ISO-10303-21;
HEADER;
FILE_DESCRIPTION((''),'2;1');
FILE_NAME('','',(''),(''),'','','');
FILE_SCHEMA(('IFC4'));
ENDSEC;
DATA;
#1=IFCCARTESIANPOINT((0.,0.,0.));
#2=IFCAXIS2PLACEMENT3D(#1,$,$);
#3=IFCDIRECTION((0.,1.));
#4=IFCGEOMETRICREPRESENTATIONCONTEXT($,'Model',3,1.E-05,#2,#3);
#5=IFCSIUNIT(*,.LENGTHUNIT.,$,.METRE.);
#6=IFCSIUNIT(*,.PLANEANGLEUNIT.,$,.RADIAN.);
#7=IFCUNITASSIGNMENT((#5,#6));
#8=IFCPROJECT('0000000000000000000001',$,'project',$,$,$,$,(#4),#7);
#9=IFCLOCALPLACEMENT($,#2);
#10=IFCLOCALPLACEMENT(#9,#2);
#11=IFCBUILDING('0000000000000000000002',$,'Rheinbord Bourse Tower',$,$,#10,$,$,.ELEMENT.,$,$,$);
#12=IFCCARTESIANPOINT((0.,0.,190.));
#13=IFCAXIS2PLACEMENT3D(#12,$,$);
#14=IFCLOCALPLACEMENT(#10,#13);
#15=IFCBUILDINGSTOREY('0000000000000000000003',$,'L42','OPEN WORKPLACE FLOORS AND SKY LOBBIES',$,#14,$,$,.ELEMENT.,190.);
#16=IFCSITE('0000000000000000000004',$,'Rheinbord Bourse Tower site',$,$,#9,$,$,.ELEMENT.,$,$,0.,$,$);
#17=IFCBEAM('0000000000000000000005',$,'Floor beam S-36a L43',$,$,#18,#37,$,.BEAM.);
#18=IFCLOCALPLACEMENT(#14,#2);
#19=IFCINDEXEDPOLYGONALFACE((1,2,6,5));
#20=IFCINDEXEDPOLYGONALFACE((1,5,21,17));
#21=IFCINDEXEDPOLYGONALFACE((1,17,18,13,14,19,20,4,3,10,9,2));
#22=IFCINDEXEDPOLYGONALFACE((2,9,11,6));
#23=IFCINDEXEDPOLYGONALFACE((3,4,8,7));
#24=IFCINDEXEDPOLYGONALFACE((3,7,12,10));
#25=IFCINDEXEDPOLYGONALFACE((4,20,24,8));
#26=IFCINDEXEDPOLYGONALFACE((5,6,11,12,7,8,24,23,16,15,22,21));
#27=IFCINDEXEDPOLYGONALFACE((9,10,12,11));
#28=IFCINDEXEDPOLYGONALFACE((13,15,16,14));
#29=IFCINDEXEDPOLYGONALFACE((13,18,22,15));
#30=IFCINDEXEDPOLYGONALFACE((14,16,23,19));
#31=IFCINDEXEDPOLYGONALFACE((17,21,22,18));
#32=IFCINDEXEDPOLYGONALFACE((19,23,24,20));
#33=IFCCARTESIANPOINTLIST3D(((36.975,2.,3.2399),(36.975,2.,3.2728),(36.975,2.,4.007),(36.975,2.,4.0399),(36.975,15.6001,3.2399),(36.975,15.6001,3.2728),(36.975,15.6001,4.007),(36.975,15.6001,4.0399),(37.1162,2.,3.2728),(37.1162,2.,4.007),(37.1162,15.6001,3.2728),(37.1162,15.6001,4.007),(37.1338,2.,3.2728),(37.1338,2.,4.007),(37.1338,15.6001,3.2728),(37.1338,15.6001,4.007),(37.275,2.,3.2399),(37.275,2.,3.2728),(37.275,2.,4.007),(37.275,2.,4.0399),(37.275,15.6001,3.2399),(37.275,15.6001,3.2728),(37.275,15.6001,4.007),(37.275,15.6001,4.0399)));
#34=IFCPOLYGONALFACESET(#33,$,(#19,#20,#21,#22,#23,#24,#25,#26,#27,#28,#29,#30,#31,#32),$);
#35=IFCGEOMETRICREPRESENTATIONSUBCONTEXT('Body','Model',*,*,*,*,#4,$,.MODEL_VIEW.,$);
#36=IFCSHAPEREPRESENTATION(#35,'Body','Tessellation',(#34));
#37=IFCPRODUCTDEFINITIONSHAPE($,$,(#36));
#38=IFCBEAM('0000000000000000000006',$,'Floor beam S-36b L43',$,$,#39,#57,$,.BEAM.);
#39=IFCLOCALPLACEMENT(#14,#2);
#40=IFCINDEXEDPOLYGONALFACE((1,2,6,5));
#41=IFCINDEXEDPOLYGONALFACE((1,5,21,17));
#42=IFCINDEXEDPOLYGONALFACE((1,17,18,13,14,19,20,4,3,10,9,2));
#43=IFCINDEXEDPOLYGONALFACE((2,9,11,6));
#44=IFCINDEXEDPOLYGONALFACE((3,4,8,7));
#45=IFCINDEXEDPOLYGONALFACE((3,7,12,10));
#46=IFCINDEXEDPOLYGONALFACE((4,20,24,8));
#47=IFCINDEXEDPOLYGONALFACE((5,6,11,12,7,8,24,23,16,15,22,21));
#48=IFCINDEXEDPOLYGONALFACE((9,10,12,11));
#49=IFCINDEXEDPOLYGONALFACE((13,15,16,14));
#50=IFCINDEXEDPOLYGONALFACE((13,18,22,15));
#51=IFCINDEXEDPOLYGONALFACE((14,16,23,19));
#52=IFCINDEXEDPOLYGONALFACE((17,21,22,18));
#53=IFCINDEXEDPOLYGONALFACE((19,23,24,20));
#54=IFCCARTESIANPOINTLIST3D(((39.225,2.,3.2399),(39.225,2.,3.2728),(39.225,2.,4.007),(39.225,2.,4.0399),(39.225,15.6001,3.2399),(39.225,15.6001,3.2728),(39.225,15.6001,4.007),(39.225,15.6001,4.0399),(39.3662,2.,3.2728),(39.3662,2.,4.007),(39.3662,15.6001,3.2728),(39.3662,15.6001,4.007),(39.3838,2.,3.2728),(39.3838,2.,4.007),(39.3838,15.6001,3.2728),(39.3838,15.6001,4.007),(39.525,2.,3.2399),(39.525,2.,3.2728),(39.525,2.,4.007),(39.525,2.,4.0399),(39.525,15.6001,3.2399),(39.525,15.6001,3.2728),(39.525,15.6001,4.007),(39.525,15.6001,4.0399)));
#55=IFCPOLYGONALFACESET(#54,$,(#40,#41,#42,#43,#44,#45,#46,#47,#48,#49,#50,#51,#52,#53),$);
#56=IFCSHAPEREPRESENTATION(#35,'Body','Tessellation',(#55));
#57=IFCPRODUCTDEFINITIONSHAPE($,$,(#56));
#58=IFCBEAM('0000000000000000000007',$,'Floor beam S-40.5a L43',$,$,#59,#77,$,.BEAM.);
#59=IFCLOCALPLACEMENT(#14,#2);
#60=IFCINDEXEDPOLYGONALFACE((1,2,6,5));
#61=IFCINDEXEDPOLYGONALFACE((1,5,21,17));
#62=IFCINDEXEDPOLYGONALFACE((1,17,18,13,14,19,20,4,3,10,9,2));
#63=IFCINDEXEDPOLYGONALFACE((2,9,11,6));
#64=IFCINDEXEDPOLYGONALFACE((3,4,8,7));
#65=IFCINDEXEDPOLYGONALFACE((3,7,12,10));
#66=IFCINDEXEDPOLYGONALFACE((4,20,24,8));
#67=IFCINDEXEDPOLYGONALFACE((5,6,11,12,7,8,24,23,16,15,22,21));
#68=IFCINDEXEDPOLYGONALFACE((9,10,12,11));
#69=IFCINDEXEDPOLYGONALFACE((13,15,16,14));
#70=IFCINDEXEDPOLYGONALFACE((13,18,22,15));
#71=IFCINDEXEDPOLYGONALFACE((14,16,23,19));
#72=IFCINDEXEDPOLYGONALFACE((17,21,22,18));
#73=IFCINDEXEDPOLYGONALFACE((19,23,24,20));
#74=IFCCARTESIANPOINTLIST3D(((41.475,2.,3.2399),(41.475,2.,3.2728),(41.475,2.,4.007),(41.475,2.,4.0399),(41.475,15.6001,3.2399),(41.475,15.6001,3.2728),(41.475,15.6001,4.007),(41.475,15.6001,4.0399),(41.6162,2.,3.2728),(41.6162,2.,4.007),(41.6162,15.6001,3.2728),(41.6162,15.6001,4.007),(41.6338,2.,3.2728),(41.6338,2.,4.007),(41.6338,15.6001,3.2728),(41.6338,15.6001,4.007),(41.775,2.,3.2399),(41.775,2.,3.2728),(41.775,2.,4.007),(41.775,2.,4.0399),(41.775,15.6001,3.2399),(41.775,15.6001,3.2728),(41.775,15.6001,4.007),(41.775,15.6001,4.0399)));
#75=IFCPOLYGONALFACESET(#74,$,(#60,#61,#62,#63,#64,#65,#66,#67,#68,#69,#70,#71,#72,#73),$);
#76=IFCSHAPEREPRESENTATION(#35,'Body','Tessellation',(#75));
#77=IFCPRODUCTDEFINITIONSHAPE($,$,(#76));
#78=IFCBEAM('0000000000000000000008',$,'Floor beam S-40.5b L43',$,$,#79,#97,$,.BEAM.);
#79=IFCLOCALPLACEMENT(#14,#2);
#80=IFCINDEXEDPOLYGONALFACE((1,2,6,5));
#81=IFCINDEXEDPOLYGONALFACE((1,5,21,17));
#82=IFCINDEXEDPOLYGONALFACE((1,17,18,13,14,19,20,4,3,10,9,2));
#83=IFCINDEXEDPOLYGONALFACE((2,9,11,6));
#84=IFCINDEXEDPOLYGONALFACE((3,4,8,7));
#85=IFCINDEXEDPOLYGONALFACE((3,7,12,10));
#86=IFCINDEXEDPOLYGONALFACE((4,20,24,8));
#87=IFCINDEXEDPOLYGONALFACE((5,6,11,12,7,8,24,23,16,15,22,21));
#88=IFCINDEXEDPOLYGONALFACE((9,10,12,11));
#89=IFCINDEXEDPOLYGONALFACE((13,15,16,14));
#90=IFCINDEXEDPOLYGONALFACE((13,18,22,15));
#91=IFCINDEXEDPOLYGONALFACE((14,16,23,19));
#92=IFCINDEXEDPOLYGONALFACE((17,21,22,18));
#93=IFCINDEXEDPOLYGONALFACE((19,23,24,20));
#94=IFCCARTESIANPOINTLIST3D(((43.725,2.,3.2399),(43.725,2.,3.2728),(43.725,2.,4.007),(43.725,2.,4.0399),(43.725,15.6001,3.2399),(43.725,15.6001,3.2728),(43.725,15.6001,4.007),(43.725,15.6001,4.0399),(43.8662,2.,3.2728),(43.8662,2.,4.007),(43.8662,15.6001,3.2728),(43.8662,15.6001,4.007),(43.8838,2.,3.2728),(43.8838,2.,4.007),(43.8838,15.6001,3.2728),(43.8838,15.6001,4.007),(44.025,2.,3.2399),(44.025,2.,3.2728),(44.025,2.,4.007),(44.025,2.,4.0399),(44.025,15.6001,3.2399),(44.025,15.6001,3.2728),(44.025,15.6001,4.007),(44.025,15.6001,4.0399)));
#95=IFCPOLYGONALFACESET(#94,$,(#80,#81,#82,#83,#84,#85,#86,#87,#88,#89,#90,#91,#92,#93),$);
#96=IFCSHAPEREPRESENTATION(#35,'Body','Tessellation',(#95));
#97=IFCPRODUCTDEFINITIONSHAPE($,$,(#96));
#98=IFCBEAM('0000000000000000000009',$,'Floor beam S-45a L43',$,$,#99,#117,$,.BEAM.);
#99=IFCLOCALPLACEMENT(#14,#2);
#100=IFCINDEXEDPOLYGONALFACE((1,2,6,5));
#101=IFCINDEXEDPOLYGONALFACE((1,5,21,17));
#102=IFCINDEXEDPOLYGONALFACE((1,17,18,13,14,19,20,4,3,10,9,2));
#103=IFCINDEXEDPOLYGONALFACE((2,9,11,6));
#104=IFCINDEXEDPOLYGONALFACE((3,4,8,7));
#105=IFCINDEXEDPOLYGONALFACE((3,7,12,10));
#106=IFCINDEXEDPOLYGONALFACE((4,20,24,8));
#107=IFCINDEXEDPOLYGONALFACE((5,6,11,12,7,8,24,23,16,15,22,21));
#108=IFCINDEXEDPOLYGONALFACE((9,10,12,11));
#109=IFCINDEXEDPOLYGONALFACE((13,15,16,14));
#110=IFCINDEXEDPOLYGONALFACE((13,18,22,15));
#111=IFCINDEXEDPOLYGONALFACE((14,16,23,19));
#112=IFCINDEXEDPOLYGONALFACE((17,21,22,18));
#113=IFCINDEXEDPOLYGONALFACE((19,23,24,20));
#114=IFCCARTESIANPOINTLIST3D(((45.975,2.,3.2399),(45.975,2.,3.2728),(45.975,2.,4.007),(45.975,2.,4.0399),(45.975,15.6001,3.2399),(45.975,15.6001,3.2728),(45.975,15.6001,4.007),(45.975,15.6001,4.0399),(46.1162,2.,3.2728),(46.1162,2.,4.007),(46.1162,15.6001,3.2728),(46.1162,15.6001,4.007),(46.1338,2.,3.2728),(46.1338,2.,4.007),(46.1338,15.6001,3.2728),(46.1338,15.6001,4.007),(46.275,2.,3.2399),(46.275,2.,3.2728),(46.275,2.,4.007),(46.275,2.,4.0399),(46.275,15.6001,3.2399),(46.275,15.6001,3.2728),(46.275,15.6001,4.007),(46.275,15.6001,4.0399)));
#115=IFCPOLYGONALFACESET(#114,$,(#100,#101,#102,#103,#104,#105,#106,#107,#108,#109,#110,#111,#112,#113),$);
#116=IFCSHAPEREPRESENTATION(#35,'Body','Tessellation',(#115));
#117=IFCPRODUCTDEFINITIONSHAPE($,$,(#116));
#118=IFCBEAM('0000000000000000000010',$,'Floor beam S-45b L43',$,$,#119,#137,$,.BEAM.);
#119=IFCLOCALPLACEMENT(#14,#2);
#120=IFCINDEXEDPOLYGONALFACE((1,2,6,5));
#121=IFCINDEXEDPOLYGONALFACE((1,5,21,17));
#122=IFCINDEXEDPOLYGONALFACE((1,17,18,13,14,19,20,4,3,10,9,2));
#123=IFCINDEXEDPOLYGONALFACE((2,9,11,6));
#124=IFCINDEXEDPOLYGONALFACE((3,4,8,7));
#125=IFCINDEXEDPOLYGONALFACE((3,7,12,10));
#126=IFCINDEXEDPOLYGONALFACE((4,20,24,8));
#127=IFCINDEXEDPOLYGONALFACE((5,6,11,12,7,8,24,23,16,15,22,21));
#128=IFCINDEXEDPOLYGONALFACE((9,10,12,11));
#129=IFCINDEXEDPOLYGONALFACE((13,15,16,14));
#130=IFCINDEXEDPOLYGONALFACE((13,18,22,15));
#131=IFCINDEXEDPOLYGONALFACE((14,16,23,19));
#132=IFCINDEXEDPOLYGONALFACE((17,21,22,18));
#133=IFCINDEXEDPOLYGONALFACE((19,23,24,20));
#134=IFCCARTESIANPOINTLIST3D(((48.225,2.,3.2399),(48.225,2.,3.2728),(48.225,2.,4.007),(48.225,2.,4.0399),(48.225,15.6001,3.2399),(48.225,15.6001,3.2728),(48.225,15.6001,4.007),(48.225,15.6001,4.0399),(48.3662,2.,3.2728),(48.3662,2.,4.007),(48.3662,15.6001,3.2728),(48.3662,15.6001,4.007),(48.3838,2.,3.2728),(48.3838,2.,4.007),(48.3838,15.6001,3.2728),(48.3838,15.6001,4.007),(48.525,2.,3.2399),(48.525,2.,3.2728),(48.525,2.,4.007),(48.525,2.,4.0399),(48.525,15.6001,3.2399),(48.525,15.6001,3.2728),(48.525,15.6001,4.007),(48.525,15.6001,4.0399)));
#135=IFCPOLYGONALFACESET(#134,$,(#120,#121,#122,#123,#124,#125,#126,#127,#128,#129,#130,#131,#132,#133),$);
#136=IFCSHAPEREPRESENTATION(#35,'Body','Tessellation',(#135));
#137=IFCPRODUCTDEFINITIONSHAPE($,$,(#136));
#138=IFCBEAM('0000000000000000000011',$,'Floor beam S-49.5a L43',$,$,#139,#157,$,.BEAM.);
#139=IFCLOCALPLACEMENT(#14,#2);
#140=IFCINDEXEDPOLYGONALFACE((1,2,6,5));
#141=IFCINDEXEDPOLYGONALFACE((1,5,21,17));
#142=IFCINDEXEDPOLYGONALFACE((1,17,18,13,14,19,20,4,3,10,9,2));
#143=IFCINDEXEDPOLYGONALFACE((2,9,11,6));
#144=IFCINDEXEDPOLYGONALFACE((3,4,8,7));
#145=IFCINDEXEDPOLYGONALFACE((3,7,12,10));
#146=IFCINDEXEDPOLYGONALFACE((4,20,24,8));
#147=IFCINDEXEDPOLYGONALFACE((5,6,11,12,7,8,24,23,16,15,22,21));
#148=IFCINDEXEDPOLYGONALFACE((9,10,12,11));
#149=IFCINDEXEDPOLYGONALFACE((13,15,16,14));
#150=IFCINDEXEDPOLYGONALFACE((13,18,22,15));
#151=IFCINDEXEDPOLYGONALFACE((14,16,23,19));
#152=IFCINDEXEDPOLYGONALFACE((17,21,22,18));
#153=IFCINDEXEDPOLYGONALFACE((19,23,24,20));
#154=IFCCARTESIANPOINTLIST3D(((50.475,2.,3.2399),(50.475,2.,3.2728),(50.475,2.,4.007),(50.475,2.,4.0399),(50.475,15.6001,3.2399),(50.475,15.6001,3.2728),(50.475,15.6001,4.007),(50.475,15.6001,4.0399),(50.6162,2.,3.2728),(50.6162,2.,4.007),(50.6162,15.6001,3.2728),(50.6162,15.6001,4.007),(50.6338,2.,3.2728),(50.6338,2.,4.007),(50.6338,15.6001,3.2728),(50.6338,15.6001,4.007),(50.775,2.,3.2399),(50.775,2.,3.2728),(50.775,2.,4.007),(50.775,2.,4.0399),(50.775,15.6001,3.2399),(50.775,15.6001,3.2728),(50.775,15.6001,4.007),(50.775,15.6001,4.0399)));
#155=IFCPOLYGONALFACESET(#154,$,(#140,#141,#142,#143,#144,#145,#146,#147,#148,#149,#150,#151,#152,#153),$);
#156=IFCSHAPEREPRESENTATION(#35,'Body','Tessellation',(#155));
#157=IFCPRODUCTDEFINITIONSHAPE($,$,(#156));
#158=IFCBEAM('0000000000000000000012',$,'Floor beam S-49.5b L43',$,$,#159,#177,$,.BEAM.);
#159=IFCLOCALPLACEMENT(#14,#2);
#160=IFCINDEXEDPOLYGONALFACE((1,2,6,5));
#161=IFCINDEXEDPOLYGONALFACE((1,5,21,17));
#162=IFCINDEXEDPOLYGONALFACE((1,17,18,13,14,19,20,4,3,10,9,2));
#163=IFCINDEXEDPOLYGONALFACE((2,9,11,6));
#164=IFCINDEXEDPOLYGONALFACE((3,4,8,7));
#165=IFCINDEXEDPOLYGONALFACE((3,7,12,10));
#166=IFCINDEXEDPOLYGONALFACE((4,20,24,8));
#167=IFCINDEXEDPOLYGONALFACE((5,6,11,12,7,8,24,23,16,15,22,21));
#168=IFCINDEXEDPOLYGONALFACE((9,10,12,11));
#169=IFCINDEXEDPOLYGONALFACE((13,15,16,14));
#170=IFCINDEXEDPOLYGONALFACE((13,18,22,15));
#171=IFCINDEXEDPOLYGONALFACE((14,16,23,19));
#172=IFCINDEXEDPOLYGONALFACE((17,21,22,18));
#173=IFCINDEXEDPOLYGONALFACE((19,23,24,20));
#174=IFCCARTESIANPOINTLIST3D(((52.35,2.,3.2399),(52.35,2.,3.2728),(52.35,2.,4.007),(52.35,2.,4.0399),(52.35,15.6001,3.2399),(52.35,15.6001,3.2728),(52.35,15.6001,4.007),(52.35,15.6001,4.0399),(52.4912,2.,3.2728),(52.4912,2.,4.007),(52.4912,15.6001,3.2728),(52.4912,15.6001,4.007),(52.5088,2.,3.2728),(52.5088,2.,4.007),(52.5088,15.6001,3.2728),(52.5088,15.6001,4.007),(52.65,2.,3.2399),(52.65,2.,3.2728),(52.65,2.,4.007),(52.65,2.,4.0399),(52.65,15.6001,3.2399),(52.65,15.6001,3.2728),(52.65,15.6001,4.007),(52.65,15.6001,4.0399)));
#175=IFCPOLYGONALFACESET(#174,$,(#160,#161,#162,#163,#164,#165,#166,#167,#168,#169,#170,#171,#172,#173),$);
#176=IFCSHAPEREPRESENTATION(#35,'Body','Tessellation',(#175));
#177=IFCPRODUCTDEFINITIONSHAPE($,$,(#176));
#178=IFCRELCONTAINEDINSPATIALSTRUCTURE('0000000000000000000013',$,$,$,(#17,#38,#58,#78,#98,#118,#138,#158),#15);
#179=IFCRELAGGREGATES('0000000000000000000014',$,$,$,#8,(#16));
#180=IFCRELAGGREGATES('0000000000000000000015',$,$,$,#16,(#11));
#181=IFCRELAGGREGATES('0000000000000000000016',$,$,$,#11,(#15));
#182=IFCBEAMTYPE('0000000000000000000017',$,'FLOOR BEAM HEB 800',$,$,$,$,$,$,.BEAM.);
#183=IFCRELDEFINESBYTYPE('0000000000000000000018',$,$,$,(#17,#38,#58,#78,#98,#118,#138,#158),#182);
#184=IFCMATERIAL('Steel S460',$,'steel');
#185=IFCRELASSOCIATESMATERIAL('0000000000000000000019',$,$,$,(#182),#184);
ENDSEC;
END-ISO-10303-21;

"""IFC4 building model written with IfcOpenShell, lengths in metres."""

from ifc_helpers import new_model, si_unit, direction, frame, origin, origin_2d, place, context, subcontext, project, spatial, i_section, extrude, material, material_profile, profile_set, type_object, element, save


model = new_model("IFC4")

# Units and contexts
model_context = context("Model", 3, precision=1e-05, world=origin(), true_north=direction((0.0, 1.0)))
body_context = subcontext(model_context, "Body", "Model", "MODEL_VIEW")
ifc_project = project(units=[si_unit("LENGTHUNIT", "METRE"), si_unit("PLANEANGLEUNIT", "RADIAN")], contexts=[model_context])

# Site, building, storey
site_placement = place(None, origin())
site = spatial("IfcSite", under=ifc_project, at=site_placement, Name="Rheinbord Bourse Tower site", CompositionType="ELEMENT", RefElevation=0.0)
building_placement = place(site_placement, origin())
building = spatial("IfcBuilding", under=site, at=building_placement, Name="Rheinbord Bourse Tower", CompositionType="ELEMENT")
storey_placement = place(building_placement, frame((0.0, 0.0, 190.0)))
storey = spatial("IfcBuildingStorey", under=building, at=storey_placement, Name="L42", Description="OPEN WORKPLACE FLOORS AND SKY LOBBIES", CompositionType="ELEMENT", Elevation=190.0)

# Beams
ifc_material_1 = material(Name="Steel S460", Category="steel")
ifc_material_profile_1 = material_profile(ifc_material_1, i_section(OverallWidth=0.3, OverallDepth=0.8, WebThickness=0.0176, FlangeThickness=0.033, at=origin_2d()), Name="HEB 800")
ifc_profile_set_1 = profile_set([ifc_material_profile_1], Name="Steel S460")
beam_type_1 = type_object("IfcBeamType", Name="FLOOR BEAM HEB 800", PredefinedType="BEAM", material=ifc_profile_set_1)
for number, where, z_axis, x_axis, name in (
    (1, (37.125, 2.0, 3.6399), (0.0, 1.0, 0.0), (-1.0, 0.0, 0.0), "Floor beam S-36a L43"),
    (2, (39.375, 2.0, 3.6399), (0.0, 1.0, 0.0), (-1.0, 0.0, 0.0), "Floor beam S-36b L43"),
    (3, (41.625, 2.0, 3.6399), (0.0, 1.0, 0.0), (-1.0, 0.0, 0.0), "Floor beam S-40.5a L43"),
    (4, (43.875, 2.0, 3.6399), (0.0, 1.0, 0.0), (-1.0, 0.0, 0.0), "Floor beam S-40.5b L43"),
    (5, (46.125, 2.0, 3.6399), (0.0, 1.0, 0.0), (-1.0, 0.0, 0.0), "Floor beam S-45a L43"),
    (6, (48.375, 2.0, 3.6399), (0.0, 1.0, 0.0), (-1.0, 0.0, 0.0), "Floor beam S-45b L43"),
    (7, (50.625, 2.0, 3.6399), (0.0, 1.0, 0.0), (-1.0, 0.0, 0.0), "Floor beam S-49.5a L43"),
    (8, (52.5, 2.0, 3.6399), (0.0, 1.0, 0.0), (-1.0, 0.0, 0.0), "Floor beam S-49.5b L43"),
):
    element("IfcBeam", number, at=place(storey_placement, frame(where, z_axis=z_axis, x_axis=x_axis)), inside=storey, type_object=beam_type_1, Name=name, PredefinedType="BEAM", context=body_context, shape_type="SweptSolid", body=[
        extrude(i_section(OverallWidth=0.3, OverallDepth=0.8, WebThickness=0.0176, FlangeThickness=0.033, at=origin_2d()), origin(), (0.0, 0.0, 1.0), 13.6001),
    ])

save(model, "model.ifc")
